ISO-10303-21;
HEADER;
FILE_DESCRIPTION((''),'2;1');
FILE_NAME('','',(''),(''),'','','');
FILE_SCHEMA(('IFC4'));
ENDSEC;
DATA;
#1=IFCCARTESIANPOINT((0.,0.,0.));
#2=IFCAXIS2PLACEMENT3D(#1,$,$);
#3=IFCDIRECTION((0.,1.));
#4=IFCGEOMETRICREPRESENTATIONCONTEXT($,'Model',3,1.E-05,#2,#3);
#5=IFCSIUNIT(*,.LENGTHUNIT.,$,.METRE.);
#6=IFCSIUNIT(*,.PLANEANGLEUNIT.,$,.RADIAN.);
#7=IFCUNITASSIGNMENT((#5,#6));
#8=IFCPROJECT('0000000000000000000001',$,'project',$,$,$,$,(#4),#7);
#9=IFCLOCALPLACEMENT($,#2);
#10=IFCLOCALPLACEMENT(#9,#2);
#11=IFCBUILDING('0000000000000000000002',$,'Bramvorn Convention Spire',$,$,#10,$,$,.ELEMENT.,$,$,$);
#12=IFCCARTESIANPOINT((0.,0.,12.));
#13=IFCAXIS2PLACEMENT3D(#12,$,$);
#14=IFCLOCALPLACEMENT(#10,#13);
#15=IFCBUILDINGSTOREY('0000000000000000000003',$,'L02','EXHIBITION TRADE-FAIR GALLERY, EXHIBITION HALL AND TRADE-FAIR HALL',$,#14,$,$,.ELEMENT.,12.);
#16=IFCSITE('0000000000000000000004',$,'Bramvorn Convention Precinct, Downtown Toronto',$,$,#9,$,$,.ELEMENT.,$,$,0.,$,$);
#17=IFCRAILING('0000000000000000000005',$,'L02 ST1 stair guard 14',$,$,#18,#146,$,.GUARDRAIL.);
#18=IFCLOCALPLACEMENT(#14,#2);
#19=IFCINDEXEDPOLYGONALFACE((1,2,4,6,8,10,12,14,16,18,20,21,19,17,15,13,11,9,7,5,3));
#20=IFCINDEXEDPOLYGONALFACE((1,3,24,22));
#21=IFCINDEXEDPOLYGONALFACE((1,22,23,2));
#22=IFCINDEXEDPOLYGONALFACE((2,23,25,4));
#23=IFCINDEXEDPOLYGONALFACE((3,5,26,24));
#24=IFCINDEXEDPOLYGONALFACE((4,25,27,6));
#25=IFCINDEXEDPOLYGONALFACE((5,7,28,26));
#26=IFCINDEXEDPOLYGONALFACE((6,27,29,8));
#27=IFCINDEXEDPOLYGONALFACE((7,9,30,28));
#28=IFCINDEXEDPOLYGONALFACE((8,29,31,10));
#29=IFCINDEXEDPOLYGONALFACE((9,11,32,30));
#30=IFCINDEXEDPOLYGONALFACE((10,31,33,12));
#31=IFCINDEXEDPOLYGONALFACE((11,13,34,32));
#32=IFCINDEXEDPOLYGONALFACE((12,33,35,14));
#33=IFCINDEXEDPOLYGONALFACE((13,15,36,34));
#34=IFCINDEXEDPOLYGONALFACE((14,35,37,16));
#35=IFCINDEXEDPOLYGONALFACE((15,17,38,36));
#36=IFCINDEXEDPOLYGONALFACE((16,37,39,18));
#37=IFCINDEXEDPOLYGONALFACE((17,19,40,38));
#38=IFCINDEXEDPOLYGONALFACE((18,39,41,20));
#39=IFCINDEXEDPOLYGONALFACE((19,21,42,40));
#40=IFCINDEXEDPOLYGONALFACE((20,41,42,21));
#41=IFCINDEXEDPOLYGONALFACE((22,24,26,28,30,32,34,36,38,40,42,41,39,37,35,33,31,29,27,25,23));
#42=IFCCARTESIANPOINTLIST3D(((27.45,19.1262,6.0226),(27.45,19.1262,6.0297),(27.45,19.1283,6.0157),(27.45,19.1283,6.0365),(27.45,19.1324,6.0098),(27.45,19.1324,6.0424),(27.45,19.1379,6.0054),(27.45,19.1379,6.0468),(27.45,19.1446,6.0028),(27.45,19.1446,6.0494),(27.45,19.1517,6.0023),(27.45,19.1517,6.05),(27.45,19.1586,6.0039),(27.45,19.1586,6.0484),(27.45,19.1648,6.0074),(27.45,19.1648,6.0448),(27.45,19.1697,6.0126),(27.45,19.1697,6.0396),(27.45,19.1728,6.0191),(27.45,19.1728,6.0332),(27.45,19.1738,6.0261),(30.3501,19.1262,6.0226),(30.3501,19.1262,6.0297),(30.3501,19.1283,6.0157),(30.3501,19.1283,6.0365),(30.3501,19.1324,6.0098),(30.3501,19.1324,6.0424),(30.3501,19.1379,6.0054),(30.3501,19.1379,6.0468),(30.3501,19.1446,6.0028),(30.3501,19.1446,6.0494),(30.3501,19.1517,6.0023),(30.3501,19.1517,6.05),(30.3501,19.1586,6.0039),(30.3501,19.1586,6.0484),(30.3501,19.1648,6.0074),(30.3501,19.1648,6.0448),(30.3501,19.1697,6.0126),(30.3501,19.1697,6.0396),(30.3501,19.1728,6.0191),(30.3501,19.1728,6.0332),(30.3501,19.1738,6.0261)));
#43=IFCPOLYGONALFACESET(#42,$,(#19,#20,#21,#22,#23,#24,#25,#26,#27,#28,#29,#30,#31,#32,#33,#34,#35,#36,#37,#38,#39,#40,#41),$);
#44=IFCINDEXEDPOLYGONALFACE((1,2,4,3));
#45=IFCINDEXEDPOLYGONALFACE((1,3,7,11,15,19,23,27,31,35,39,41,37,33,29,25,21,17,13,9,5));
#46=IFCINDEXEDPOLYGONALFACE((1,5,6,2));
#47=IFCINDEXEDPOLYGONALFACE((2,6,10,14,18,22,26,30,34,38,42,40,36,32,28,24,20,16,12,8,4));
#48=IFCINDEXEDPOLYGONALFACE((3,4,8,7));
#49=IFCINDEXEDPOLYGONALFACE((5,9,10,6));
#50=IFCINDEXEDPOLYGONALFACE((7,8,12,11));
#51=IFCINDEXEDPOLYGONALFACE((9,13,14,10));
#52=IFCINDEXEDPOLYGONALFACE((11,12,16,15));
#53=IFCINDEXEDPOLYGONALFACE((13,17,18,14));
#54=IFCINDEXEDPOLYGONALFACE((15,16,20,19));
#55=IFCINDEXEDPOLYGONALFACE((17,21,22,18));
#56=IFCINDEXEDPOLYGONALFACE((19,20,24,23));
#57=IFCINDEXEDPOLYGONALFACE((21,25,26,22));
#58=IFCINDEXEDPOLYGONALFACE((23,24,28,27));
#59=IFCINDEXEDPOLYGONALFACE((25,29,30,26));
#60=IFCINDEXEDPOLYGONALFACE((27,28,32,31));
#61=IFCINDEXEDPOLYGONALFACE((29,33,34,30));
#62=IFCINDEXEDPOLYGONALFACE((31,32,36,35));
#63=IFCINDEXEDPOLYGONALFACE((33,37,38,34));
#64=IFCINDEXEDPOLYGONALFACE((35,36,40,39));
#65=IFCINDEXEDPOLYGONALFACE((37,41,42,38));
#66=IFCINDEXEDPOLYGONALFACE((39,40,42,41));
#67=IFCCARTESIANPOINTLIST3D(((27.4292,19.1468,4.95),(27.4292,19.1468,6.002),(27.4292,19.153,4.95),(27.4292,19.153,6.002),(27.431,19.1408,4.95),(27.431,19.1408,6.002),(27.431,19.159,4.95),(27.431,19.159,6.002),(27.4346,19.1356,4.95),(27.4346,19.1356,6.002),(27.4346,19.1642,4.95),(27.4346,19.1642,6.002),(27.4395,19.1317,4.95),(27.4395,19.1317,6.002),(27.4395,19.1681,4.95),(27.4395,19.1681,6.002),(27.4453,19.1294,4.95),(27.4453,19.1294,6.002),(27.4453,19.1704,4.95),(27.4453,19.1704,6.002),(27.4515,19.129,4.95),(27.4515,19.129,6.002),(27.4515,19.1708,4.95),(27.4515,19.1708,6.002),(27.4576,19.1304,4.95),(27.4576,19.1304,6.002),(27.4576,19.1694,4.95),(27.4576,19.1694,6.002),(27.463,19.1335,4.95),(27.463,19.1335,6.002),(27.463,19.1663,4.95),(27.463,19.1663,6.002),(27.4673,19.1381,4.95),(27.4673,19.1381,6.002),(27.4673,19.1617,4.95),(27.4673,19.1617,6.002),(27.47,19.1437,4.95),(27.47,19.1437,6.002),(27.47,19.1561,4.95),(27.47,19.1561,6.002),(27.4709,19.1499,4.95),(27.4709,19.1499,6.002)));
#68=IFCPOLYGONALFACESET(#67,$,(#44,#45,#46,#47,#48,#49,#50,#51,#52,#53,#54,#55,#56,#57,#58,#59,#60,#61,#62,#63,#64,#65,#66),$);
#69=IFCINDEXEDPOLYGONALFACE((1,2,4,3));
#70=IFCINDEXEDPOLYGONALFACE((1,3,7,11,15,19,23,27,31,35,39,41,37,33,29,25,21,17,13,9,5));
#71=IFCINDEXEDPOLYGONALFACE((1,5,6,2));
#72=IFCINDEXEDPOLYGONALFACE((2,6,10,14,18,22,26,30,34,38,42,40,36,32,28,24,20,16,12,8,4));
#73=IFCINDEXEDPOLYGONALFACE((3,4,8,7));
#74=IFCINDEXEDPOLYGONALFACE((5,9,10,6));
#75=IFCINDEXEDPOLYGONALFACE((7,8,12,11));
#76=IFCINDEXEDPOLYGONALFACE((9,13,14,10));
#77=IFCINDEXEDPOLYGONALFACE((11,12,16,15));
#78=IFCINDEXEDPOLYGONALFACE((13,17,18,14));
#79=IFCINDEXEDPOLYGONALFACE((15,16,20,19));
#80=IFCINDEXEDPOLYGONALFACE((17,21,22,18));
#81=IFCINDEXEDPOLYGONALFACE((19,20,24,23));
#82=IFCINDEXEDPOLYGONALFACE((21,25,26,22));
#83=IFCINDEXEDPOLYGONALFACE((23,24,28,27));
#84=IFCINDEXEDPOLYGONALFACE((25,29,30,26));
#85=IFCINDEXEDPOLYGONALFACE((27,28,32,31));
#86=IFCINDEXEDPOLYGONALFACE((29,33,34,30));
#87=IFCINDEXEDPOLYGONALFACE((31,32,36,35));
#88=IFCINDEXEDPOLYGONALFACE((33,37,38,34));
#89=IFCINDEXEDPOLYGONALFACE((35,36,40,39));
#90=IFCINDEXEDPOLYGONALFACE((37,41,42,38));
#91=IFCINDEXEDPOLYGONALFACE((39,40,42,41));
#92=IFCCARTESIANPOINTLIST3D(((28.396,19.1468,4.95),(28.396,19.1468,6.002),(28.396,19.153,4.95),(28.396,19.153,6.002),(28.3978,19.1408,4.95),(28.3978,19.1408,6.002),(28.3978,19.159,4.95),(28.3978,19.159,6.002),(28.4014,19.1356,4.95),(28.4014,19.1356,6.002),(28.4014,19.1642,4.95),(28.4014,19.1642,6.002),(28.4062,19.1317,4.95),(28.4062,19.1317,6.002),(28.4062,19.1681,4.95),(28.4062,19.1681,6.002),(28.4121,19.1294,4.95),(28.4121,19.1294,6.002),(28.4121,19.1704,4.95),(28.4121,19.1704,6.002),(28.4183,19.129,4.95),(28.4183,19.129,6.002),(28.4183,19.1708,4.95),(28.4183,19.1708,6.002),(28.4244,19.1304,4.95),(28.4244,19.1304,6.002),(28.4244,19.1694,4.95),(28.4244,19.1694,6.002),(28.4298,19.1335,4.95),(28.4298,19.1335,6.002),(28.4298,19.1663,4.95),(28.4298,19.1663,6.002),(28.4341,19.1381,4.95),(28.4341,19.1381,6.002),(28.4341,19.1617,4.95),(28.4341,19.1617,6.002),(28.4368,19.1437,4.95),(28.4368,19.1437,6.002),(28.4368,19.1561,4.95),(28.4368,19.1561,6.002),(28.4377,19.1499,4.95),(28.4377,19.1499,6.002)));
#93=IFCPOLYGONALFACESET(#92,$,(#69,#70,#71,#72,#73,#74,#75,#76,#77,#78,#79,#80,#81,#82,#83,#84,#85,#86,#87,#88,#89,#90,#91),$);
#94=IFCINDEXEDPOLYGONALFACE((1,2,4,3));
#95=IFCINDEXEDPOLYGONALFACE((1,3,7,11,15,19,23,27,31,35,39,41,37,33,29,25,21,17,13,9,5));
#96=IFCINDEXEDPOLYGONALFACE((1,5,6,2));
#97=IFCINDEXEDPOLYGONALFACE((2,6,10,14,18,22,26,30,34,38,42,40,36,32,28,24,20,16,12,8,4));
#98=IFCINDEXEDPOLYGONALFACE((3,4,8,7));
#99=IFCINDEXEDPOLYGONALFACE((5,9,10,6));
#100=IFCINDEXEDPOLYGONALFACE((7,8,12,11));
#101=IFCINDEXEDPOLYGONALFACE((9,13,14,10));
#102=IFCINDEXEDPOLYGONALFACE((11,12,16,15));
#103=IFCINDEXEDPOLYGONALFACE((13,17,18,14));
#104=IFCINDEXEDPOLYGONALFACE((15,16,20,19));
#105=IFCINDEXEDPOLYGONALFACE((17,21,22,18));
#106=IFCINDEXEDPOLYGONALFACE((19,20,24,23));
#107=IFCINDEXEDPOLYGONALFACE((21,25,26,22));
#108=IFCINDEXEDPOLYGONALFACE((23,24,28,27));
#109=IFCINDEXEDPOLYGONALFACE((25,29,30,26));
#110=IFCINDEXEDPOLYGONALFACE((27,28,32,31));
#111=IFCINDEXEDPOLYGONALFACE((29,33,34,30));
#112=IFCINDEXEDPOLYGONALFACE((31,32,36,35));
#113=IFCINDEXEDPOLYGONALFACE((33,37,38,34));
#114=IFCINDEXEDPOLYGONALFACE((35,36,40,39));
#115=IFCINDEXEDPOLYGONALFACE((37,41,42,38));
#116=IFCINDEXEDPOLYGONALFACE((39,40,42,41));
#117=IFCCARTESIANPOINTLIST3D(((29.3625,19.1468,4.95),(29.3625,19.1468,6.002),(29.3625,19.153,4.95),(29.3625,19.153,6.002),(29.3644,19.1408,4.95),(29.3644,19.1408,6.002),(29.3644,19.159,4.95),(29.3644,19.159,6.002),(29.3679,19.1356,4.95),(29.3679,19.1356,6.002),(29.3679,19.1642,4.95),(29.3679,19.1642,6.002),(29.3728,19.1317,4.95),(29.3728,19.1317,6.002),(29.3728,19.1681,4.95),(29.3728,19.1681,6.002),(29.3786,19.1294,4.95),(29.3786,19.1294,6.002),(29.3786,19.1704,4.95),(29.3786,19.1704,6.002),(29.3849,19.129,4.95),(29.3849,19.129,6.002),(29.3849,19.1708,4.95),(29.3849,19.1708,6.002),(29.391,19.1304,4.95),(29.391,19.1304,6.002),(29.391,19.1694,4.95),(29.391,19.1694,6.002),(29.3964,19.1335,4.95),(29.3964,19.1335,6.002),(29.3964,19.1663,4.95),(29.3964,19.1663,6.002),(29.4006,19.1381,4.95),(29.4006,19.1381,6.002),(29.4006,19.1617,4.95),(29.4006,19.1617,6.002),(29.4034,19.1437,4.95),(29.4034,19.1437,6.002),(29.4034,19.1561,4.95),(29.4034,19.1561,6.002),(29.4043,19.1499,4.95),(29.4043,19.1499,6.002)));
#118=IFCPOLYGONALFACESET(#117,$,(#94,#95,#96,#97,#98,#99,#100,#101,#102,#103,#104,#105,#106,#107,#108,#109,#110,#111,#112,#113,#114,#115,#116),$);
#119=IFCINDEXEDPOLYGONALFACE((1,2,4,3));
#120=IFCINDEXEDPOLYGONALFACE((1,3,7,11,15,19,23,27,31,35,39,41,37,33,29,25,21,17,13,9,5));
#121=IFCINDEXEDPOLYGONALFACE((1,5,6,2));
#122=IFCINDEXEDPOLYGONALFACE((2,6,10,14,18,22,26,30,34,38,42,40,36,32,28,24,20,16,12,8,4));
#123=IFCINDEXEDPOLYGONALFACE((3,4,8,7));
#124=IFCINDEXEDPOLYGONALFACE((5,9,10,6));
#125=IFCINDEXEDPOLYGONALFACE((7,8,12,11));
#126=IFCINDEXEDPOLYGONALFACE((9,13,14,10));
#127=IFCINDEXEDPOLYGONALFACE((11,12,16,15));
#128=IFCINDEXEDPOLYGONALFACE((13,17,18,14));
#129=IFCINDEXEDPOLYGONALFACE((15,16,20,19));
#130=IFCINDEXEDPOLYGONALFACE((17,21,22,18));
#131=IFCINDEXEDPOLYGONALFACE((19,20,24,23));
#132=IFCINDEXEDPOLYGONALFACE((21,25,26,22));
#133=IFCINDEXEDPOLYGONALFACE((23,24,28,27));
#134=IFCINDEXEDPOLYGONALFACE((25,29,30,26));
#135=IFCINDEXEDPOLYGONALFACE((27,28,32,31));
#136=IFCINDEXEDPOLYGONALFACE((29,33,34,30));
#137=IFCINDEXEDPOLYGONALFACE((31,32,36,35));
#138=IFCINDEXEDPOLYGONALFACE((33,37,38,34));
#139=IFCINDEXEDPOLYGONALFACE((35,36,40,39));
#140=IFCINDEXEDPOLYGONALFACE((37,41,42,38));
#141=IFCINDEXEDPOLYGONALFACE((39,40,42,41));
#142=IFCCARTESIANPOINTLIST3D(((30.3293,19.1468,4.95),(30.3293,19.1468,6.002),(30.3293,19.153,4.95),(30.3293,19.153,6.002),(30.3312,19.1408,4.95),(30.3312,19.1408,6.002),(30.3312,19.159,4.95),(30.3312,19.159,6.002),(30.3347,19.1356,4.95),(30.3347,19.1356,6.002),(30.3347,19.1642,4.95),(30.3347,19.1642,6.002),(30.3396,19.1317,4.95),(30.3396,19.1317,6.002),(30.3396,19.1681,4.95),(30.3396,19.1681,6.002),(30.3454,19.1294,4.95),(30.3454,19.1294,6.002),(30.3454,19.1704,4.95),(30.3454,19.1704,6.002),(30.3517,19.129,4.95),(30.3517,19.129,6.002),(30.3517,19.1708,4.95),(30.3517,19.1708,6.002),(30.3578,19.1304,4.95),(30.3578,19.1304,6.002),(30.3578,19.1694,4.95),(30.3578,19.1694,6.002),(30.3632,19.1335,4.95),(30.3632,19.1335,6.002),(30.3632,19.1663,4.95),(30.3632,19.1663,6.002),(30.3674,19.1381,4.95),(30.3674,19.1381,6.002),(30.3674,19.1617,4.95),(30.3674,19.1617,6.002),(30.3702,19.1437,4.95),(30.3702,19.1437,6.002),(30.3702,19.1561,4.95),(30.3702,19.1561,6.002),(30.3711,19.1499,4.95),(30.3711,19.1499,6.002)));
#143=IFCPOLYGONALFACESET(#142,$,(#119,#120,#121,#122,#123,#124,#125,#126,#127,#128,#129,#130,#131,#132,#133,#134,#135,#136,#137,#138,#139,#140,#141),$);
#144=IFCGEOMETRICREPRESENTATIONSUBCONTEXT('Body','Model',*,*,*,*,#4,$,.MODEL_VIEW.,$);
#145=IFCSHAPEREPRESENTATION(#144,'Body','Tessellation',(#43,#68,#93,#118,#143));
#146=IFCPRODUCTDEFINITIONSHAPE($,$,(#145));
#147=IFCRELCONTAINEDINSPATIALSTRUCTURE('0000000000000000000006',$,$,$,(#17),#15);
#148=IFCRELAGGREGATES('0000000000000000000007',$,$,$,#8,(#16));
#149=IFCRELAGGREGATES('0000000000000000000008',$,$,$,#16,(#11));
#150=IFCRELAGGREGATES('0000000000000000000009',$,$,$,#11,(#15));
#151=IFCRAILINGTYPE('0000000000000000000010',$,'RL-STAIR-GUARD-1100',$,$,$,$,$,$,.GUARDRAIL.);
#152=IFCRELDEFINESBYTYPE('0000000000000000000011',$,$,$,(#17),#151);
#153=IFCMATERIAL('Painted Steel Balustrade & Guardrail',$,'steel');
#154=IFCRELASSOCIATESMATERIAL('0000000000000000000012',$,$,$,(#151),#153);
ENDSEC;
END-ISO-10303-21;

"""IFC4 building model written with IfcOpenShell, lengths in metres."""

from ifc_helpers import new_model, si_unit, direction, frame, origin, origin_2d, place, context, subcontext, project, spatial, circle, extrude, material, type_object, element, save


model = new_model("IFC4")

# Units and contexts
model_context = context("Model", 3, precision=1e-05, world=origin(), true_north=direction((0.0, 1.0)))
body_context = subcontext(model_context, "Body", "Model", "MODEL_VIEW")
ifc_project = project(units=[si_unit("LENGTHUNIT", "METRE"), si_unit("PLANEANGLEUNIT", "RADIAN")], contexts=[model_context])

# Site, building, storey
site_placement = place(None, origin())
site = spatial("IfcSite", under=ifc_project, at=site_placement, Name="Bramvorn Convention Precinct, Downtown Toronto", CompositionType="ELEMENT", RefElevation=0.0)
building_placement = place(site_placement, origin())
building = spatial("IfcBuilding", under=site, at=building_placement, Name="Bramvorn Convention Spire", CompositionType="ELEMENT")
storey_placement = place(building_placement, frame((0.0, 0.0, 12.0)))
storey = spatial("IfcBuildingStorey", under=building, at=storey_placement, Name="L02", Description="EXHIBITION TRADE-FAIR GALLERY, EXHIBITION HALL AND TRADE-FAIR HALL", CompositionType="ELEMENT", Elevation=12.0)

# Railing
ifc_material_1 = material(Name="Painted Steel Balustrade & Guardrail", Category="steel")
railing_type = type_object("IfcRailingType", Name="RL-STAIR-GUARD-1100", PredefinedType="GUARDRAIL", material=ifc_material_1)
railing_1_placement = place(storey_placement, frame((27.45, 19.1499, 4.95)))
element("IfcRailing", 1, at=railing_1_placement, inside=storey, type_object=railing_type, Name="L02 ST1 stair guard 14", PredefinedType="GUARDRAIL", context=body_context, shape_type="SweptSolid", body=[
    extrude(circle(Radius=0.0239, at=origin_2d()), frame((0.0, 0.0, 1.0762), z_axis=(1.0, 0.0, 0.0), x_axis=(0.0, 1.0, 0.0)), (0.0, 0.0, 1.0), 2.9001),
    extrude(circle(Radius=0.021, at=origin_2d()), origin(), (0.0, 0.0, 1.0), 1.052),
    extrude(circle(Radius=0.021, at=origin_2d()), frame((0.9668, 0.0, 0.0)), (0.0, 0.0, 1.0), 1.052),
    extrude(circle(Radius=0.021, at=origin_2d()), frame((1.9333, 0.0, 0.0)), (0.0, 0.0, 1.0), 1.052),
    extrude(circle(Radius=0.021, at=origin_2d()), frame((2.9001, 0.0, 0.0)), (0.0, 0.0, 1.0), 1.052),
])

save(model, "model.ifc")
